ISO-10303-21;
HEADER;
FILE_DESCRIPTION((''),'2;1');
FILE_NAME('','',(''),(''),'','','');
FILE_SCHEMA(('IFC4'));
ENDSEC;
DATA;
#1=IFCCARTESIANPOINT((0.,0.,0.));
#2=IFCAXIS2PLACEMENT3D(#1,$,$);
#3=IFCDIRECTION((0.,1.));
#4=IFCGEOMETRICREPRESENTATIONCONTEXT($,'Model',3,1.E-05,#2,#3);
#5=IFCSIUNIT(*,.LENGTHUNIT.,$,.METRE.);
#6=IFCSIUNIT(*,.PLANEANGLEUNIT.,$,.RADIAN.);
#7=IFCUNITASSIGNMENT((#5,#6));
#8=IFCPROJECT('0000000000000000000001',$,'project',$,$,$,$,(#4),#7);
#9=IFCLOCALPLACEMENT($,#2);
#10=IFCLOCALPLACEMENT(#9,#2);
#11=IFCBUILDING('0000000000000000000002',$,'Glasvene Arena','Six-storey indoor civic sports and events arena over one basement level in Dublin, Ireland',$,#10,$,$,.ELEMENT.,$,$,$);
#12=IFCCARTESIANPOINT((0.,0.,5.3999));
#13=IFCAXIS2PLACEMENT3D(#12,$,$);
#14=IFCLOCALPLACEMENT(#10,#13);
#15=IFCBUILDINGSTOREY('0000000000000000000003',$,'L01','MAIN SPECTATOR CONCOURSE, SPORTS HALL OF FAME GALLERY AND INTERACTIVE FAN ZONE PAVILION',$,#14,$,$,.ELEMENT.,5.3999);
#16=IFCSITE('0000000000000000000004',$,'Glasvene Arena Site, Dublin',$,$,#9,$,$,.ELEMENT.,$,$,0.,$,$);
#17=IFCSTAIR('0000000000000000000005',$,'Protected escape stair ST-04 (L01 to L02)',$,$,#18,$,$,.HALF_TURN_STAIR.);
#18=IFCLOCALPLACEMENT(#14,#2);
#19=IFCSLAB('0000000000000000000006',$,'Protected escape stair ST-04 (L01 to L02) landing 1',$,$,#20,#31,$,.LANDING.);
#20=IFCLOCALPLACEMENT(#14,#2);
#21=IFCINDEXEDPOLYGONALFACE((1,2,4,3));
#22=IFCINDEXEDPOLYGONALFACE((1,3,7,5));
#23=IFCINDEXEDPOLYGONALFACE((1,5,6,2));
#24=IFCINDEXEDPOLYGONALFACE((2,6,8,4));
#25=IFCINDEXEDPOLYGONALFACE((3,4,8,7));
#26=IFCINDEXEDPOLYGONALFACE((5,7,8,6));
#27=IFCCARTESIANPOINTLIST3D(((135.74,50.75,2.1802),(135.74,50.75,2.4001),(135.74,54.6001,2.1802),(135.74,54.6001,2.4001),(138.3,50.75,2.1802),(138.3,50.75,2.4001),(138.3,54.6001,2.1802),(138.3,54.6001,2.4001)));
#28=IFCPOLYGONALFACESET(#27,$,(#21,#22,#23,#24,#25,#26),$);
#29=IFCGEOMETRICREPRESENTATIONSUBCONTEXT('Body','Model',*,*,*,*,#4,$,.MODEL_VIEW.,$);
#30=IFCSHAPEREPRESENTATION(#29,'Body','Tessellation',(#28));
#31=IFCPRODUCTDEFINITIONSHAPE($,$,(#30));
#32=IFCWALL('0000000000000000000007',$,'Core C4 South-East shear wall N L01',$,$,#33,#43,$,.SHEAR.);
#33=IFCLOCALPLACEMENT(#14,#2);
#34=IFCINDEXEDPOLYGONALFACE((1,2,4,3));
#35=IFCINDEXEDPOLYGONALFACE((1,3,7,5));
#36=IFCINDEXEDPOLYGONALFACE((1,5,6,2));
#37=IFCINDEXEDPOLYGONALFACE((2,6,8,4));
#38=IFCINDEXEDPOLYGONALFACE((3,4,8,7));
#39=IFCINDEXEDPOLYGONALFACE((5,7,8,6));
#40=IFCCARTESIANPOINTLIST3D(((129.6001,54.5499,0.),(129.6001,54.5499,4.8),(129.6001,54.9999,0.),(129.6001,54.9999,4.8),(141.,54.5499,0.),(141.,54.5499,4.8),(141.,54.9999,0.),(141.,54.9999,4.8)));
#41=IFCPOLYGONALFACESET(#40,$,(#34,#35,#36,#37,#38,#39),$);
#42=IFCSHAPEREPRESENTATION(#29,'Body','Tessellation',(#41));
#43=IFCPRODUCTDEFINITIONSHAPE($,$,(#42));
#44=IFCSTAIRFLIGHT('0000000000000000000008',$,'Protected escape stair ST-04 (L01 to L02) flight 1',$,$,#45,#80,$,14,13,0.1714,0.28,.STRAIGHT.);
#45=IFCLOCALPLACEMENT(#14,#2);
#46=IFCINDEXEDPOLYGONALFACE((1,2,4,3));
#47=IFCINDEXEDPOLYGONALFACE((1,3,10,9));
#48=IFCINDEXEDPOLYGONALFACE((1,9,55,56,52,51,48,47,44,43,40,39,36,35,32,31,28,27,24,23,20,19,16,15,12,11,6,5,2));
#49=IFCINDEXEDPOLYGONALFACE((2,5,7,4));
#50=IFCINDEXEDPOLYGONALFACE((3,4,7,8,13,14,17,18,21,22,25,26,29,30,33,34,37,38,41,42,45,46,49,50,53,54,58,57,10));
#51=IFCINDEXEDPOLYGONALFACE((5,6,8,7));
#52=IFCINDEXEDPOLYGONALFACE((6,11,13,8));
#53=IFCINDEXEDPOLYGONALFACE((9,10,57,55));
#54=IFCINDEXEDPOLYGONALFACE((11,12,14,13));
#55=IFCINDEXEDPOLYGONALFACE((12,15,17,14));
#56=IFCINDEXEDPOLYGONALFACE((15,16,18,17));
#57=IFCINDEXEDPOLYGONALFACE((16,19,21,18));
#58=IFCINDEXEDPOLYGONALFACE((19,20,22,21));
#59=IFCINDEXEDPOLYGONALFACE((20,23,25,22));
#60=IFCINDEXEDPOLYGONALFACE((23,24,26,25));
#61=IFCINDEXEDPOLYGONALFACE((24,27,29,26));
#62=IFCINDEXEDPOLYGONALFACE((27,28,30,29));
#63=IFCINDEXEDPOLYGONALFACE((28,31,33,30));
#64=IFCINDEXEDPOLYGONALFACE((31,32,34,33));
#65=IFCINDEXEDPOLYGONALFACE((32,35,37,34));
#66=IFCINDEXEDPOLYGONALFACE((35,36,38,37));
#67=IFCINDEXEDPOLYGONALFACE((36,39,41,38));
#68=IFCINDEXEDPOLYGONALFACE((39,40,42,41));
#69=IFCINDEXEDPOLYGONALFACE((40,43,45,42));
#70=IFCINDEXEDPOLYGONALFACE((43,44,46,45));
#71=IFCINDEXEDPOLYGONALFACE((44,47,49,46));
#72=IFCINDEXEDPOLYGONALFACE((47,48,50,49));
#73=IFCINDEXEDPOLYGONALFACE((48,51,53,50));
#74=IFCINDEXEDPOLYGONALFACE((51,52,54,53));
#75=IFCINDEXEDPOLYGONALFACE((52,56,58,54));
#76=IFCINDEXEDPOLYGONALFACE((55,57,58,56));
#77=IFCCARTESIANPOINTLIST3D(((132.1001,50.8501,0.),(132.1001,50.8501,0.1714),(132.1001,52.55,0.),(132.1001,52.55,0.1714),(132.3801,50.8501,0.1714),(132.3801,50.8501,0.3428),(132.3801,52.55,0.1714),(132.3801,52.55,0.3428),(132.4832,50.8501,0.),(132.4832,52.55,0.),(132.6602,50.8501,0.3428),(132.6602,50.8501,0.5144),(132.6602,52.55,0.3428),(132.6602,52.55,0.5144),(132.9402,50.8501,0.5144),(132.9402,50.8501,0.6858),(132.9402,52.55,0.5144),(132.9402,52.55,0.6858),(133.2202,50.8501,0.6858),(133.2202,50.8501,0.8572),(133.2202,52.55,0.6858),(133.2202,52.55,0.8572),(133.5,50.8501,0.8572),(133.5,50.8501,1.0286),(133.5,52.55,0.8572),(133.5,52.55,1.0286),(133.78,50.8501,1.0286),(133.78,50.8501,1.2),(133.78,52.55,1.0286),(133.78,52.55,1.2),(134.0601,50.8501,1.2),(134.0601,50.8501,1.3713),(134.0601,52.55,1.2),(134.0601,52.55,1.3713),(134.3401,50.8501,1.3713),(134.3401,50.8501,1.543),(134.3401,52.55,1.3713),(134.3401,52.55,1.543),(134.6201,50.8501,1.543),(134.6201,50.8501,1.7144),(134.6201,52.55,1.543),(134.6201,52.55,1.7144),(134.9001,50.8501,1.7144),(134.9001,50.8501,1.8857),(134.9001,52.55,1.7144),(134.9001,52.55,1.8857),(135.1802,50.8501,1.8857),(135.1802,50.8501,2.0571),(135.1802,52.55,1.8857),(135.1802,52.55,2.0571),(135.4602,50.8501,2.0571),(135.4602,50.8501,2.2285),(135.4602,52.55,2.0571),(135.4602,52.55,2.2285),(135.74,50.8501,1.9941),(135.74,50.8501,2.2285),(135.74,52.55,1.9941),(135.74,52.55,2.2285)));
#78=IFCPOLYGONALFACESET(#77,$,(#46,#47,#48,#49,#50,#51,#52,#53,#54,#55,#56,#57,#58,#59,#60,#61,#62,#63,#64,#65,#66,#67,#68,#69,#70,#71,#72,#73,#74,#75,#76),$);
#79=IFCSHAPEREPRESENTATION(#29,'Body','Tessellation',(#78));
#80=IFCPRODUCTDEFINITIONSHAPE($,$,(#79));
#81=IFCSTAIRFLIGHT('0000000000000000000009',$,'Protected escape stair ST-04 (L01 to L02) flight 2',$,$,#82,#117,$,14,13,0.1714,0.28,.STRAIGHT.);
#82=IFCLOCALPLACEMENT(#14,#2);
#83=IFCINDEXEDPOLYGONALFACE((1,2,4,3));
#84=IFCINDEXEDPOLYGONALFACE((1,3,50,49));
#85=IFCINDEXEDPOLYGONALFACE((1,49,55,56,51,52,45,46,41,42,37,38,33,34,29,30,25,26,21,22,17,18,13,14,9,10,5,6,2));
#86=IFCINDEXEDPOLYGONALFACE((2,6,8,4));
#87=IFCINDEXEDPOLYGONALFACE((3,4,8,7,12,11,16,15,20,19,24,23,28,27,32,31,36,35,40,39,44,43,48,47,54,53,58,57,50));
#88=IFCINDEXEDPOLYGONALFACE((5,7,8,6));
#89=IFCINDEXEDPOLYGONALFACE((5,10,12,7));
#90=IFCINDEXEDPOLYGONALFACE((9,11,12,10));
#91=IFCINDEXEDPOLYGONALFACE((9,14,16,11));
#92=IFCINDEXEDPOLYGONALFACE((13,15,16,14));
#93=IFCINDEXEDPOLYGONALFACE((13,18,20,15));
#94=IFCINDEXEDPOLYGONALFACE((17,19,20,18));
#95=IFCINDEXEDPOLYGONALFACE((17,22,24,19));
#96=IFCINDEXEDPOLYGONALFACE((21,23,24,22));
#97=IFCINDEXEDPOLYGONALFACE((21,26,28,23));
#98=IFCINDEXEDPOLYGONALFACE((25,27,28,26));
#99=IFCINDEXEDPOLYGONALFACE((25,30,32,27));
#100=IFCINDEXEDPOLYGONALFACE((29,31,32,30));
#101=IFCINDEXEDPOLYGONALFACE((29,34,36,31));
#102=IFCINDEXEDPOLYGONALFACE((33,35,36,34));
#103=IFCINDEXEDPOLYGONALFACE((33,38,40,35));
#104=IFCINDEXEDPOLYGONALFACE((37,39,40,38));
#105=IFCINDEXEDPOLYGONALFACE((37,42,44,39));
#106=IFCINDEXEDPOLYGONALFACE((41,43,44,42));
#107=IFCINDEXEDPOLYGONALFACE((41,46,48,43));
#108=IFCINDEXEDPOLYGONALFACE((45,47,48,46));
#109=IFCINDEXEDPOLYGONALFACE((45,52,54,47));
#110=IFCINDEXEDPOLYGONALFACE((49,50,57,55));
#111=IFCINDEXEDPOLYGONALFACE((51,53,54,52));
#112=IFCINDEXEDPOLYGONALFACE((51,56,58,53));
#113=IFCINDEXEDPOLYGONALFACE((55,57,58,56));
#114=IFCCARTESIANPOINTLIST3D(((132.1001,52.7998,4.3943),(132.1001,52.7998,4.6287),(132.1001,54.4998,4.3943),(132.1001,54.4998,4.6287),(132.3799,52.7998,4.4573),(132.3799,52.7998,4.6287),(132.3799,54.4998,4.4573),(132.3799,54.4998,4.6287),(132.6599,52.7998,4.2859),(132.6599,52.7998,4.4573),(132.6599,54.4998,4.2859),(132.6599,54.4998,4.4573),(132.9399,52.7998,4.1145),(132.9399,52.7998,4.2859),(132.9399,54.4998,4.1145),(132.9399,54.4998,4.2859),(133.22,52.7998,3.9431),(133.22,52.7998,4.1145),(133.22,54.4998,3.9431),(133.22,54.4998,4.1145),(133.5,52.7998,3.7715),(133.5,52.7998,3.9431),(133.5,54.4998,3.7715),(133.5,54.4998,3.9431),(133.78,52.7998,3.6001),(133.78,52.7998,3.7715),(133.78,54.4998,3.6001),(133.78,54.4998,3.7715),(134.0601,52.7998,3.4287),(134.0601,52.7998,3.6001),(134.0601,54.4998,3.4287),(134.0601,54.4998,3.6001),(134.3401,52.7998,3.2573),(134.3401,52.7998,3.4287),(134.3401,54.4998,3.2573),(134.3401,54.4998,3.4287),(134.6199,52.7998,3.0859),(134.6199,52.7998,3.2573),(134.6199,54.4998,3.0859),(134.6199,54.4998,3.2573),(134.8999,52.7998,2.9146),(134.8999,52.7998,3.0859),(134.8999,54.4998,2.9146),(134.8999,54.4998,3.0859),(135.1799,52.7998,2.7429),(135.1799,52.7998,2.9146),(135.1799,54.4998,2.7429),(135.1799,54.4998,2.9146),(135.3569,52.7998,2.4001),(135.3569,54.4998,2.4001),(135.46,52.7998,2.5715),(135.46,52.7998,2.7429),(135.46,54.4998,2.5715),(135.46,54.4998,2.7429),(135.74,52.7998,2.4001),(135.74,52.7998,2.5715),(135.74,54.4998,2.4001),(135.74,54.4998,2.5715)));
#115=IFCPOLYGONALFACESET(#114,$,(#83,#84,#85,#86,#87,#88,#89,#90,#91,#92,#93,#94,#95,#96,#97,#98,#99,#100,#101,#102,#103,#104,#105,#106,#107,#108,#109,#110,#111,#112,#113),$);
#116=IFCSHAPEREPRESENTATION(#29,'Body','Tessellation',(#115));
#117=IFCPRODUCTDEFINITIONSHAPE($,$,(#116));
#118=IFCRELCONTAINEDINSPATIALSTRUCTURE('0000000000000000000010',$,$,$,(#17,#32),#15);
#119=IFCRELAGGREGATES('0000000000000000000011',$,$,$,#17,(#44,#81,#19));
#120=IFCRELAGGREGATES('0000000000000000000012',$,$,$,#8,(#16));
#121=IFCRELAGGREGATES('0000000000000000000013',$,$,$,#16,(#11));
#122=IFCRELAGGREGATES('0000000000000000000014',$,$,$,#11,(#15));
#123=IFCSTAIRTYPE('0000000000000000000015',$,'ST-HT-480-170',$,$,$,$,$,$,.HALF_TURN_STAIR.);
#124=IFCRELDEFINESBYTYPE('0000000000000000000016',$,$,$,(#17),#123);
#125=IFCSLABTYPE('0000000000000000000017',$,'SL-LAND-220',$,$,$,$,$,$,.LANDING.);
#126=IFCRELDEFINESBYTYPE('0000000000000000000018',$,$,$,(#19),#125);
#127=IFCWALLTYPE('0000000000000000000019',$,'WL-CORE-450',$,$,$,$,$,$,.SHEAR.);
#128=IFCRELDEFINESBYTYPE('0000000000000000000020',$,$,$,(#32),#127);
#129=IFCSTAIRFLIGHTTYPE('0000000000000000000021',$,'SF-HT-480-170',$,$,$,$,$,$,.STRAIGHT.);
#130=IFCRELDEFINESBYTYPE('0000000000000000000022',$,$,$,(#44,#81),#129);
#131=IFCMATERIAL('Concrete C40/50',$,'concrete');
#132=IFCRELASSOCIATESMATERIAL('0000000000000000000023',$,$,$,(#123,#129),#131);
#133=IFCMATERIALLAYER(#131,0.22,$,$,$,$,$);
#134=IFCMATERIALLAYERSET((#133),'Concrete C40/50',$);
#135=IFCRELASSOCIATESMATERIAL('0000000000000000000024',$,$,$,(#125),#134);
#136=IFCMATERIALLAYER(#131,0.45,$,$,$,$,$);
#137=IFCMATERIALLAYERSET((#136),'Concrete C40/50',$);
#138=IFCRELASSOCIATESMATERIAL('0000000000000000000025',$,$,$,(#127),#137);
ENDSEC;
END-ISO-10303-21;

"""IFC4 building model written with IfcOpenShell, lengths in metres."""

from ifc_helpers import new_model, si_unit, direction, frame, frame_2d, origin, place, context, subcontext, project, spatial, polyline, rectangle, outline, extrude, material, layer, layer_set, type_object, element, aggregate, save


model = new_model("IFC4")

# Units and contexts
model_context = context("Model", 3, precision=1e-05, world=origin(), true_north=direction((0.0, 1.0)))
body_context = subcontext(model_context, "Body", "Model", "MODEL_VIEW")
ifc_project = project(units=[si_unit("LENGTHUNIT", "METRE"), si_unit("PLANEANGLEUNIT", "RADIAN")], contexts=[model_context])

# Site, building, storey
site_placement = place(None, origin())
site = spatial("IfcSite", under=ifc_project, at=site_placement, Name="Glasvene Arena Site, Dublin", CompositionType="ELEMENT", RefElevation=0.0)
building_placement = place(site_placement, origin())
building = spatial("IfcBuilding", under=site, at=building_placement, Name="Glasvene Arena", Description="Six-storey indoor civic sports and events arena over one basement level in Dublin, Ireland", CompositionType="ELEMENT")
storey_placement = place(building_placement, frame((0.0, 0.0, 5.3999)))
storey = spatial("IfcBuildingStorey", under=building, at=storey_placement, Name="L01", Description="MAIN SPECTATOR CONCOURSE, SPORTS HALL OF FAME GALLERY AND INTERACTIVE FAN ZONE PAVILION", CompositionType="ELEMENT", Elevation=5.3999)

# Shared definitions
ifc_material_1 = material(Name="Concrete C40/50", Category="concrete")

# Stair, slab
stair_type = type_object("IfcStairType", Name="ST-HT-480-170", PredefinedType="HALF_TURN_STAIR", material=ifc_material_1)
stair_placement = place(storey_placement, origin())
stair = element("IfcStair", 1, at=stair_placement, inside=storey, type_object=stair_type, Name="Protected escape stair ST-04 (L01 to L02)", PredefinedType="HALF_TURN_STAIR")
ifc_layer_1 = layer(ifc_material_1, 0.22)
ifc_layer_set_1 = layer_set([ifc_layer_1], Name="Concrete C40/50")
slab_type_1 = type_object("IfcSlabType", Name="SL-LAND-220", PredefinedType="LANDING", material=ifc_layer_set_1)
slab_1_placement = place(storey_placement, frame((137.02, 52.675, 2.1802)))
slab_1 = element("IfcSlab", 2, at=slab_1_placement, type_object=slab_type_1, Name="Protected escape stair ST-04 (L01 to L02) landing 1", PredefinedType="LANDING", context=body_context, shape_type="SweptSolid", body=[
    extrude(outline(polyline([(-1.28, -1.925), (1.28, -1.925), (1.28, 1.925), (-1.28, 1.925), (-1.28, -1.925)])), origin(), (0.0, 0.0, 1.0), 0.22),
])

# Wall
ifc_layer_2 = layer(ifc_material_1, 0.45)
ifc_layer_set_2 = layer_set([ifc_layer_2], Name="Concrete C40/50")
wall_type = type_object("IfcWallType", Name="WL-CORE-450", PredefinedType="SHEAR", material=ifc_layer_set_2)
wall_placement = place(storey_placement, frame((129.6001, 54.7749, 0.0), z_axis=(0.0, 0.0, 1.0), x_axis=(1.0, 0.0, 0.0)))
element("IfcWall", 3, at=wall_placement, inside=storey, type_object=wall_type, Name="Core C4 South-East shear wall N L01", PredefinedType="SHEAR", context=body_context, shape_type="SweptSolid", body=[
    extrude(rectangle(XDim=11.3999, YDim=0.45, at=frame_2d((5.7, 0.0))), origin(), (0.0, 0.0, 1.0), 4.8),
])

# Stair flights
stair_flight_type = type_object("IfcStairFlightType", Name="SF-HT-480-170", PredefinedType="STRAIGHT", material=ifc_material_1)
stair_flight_1_placement = place(storey_placement, frame((132.1001, 51.7, 0.0), z_axis=(0.0, 0.0, 1.0), x_axis=(1.0, 0.0, 0.0)))
stair_flight_1 = element("IfcStairFlight", 4, at=stair_flight_1_placement, type_object=stair_flight_type, Name="Protected escape stair ST-04 (L01 to L02) flight 1", NumberOfRisers=14, NumberOfTreads=13, PredefinedType="STRAIGHT", RiserHeight=0.1714, TreadLength=0.28, context=body_context, shape_type="SweptSolid", body=[
    extrude(outline(polyline([(0.0, 0.0), (0.0, 0.1714), (0.28, 0.1714), (0.28, 0.3428), (0.5601, 0.3428), (0.5601, 0.5144), (0.8401, 0.5144), (0.8401, 0.6858), (1.1201, 0.6858), (1.1201, 0.8572), (1.3999, 0.8572), (1.3999, 1.0286), (1.6799, 1.0286), (1.6799, 1.2), (1.96, 1.2), (1.96, 1.3713), (2.24, 1.3713), (2.24, 1.543), (2.52, 1.543), (2.52, 1.7144), (2.8, 1.7144), (2.8, 1.8857), (3.0801, 1.8857), (3.0801, 2.0571), (3.3601, 2.0571), (3.3601, 2.2285), (3.6399, 2.2285), (3.6399, 2.3999), (3.6399, 1.9941), (0.3831, 0.0), (0.0, 0.0)])), frame((0.0, 0.8501, 0.0), z_axis=(0.0, -1.0, 0.0), x_axis=(1.0, 0.0, 0.0)), (0.0, 0.0, 1.0), 1.7),
])
stair_flight_2_placement = place(storey_placement, frame((135.74, 53.6499, 2.4001), z_axis=(0.0, 0.0, 1.0), x_axis=(-1.0, 0.0, 0.0)))
stair_flight_2 = element("IfcStairFlight", 5, at=stair_flight_2_placement, type_object=stair_flight_type, Name="Protected escape stair ST-04 (L01 to L02) flight 2", NumberOfRisers=14, NumberOfTreads=13, PredefinedType="STRAIGHT", RiserHeight=0.1714, TreadLength=0.28, context=body_context, shape_type="SweptSolid", body=[
    extrude(outline(polyline([(0.0, 0.0), (0.0, 0.1714), (0.28, 0.1714), (0.28, 0.3428), (0.5601, 0.3428), (0.5601, 0.5144), (0.8401, 0.5144), (0.8401, 0.6858), (1.1201, 0.6858), (1.1201, 0.8572), (1.3999, 0.8572), (1.3999, 1.0286), (1.6799, 1.0286), (1.6799, 1.2), (1.96, 1.2), (1.96, 1.3713), (2.24, 1.3713), (2.24, 1.543), (2.52, 1.543), (2.52, 1.7144), (2.8, 1.7144), (2.8, 1.8857), (3.0801, 1.8857), (3.0801, 2.0571), (3.3601, 2.0571), (3.3601, 2.2285), (3.6399, 2.2285), (3.6399, 2.3999), (3.6399, 1.9941), (0.3831, 0.0), (0.0, 0.0)])), frame((0.0, 0.8501, 0.0), z_axis=(0.0, -1.0, 0.0), x_axis=(1.0, 0.0, 0.0)), (0.0, 0.0, 1.0), 1.7),
])
aggregate(stair, [stair_flight_1, stair_flight_2, slab_1])

save(model, "model.ifc")
